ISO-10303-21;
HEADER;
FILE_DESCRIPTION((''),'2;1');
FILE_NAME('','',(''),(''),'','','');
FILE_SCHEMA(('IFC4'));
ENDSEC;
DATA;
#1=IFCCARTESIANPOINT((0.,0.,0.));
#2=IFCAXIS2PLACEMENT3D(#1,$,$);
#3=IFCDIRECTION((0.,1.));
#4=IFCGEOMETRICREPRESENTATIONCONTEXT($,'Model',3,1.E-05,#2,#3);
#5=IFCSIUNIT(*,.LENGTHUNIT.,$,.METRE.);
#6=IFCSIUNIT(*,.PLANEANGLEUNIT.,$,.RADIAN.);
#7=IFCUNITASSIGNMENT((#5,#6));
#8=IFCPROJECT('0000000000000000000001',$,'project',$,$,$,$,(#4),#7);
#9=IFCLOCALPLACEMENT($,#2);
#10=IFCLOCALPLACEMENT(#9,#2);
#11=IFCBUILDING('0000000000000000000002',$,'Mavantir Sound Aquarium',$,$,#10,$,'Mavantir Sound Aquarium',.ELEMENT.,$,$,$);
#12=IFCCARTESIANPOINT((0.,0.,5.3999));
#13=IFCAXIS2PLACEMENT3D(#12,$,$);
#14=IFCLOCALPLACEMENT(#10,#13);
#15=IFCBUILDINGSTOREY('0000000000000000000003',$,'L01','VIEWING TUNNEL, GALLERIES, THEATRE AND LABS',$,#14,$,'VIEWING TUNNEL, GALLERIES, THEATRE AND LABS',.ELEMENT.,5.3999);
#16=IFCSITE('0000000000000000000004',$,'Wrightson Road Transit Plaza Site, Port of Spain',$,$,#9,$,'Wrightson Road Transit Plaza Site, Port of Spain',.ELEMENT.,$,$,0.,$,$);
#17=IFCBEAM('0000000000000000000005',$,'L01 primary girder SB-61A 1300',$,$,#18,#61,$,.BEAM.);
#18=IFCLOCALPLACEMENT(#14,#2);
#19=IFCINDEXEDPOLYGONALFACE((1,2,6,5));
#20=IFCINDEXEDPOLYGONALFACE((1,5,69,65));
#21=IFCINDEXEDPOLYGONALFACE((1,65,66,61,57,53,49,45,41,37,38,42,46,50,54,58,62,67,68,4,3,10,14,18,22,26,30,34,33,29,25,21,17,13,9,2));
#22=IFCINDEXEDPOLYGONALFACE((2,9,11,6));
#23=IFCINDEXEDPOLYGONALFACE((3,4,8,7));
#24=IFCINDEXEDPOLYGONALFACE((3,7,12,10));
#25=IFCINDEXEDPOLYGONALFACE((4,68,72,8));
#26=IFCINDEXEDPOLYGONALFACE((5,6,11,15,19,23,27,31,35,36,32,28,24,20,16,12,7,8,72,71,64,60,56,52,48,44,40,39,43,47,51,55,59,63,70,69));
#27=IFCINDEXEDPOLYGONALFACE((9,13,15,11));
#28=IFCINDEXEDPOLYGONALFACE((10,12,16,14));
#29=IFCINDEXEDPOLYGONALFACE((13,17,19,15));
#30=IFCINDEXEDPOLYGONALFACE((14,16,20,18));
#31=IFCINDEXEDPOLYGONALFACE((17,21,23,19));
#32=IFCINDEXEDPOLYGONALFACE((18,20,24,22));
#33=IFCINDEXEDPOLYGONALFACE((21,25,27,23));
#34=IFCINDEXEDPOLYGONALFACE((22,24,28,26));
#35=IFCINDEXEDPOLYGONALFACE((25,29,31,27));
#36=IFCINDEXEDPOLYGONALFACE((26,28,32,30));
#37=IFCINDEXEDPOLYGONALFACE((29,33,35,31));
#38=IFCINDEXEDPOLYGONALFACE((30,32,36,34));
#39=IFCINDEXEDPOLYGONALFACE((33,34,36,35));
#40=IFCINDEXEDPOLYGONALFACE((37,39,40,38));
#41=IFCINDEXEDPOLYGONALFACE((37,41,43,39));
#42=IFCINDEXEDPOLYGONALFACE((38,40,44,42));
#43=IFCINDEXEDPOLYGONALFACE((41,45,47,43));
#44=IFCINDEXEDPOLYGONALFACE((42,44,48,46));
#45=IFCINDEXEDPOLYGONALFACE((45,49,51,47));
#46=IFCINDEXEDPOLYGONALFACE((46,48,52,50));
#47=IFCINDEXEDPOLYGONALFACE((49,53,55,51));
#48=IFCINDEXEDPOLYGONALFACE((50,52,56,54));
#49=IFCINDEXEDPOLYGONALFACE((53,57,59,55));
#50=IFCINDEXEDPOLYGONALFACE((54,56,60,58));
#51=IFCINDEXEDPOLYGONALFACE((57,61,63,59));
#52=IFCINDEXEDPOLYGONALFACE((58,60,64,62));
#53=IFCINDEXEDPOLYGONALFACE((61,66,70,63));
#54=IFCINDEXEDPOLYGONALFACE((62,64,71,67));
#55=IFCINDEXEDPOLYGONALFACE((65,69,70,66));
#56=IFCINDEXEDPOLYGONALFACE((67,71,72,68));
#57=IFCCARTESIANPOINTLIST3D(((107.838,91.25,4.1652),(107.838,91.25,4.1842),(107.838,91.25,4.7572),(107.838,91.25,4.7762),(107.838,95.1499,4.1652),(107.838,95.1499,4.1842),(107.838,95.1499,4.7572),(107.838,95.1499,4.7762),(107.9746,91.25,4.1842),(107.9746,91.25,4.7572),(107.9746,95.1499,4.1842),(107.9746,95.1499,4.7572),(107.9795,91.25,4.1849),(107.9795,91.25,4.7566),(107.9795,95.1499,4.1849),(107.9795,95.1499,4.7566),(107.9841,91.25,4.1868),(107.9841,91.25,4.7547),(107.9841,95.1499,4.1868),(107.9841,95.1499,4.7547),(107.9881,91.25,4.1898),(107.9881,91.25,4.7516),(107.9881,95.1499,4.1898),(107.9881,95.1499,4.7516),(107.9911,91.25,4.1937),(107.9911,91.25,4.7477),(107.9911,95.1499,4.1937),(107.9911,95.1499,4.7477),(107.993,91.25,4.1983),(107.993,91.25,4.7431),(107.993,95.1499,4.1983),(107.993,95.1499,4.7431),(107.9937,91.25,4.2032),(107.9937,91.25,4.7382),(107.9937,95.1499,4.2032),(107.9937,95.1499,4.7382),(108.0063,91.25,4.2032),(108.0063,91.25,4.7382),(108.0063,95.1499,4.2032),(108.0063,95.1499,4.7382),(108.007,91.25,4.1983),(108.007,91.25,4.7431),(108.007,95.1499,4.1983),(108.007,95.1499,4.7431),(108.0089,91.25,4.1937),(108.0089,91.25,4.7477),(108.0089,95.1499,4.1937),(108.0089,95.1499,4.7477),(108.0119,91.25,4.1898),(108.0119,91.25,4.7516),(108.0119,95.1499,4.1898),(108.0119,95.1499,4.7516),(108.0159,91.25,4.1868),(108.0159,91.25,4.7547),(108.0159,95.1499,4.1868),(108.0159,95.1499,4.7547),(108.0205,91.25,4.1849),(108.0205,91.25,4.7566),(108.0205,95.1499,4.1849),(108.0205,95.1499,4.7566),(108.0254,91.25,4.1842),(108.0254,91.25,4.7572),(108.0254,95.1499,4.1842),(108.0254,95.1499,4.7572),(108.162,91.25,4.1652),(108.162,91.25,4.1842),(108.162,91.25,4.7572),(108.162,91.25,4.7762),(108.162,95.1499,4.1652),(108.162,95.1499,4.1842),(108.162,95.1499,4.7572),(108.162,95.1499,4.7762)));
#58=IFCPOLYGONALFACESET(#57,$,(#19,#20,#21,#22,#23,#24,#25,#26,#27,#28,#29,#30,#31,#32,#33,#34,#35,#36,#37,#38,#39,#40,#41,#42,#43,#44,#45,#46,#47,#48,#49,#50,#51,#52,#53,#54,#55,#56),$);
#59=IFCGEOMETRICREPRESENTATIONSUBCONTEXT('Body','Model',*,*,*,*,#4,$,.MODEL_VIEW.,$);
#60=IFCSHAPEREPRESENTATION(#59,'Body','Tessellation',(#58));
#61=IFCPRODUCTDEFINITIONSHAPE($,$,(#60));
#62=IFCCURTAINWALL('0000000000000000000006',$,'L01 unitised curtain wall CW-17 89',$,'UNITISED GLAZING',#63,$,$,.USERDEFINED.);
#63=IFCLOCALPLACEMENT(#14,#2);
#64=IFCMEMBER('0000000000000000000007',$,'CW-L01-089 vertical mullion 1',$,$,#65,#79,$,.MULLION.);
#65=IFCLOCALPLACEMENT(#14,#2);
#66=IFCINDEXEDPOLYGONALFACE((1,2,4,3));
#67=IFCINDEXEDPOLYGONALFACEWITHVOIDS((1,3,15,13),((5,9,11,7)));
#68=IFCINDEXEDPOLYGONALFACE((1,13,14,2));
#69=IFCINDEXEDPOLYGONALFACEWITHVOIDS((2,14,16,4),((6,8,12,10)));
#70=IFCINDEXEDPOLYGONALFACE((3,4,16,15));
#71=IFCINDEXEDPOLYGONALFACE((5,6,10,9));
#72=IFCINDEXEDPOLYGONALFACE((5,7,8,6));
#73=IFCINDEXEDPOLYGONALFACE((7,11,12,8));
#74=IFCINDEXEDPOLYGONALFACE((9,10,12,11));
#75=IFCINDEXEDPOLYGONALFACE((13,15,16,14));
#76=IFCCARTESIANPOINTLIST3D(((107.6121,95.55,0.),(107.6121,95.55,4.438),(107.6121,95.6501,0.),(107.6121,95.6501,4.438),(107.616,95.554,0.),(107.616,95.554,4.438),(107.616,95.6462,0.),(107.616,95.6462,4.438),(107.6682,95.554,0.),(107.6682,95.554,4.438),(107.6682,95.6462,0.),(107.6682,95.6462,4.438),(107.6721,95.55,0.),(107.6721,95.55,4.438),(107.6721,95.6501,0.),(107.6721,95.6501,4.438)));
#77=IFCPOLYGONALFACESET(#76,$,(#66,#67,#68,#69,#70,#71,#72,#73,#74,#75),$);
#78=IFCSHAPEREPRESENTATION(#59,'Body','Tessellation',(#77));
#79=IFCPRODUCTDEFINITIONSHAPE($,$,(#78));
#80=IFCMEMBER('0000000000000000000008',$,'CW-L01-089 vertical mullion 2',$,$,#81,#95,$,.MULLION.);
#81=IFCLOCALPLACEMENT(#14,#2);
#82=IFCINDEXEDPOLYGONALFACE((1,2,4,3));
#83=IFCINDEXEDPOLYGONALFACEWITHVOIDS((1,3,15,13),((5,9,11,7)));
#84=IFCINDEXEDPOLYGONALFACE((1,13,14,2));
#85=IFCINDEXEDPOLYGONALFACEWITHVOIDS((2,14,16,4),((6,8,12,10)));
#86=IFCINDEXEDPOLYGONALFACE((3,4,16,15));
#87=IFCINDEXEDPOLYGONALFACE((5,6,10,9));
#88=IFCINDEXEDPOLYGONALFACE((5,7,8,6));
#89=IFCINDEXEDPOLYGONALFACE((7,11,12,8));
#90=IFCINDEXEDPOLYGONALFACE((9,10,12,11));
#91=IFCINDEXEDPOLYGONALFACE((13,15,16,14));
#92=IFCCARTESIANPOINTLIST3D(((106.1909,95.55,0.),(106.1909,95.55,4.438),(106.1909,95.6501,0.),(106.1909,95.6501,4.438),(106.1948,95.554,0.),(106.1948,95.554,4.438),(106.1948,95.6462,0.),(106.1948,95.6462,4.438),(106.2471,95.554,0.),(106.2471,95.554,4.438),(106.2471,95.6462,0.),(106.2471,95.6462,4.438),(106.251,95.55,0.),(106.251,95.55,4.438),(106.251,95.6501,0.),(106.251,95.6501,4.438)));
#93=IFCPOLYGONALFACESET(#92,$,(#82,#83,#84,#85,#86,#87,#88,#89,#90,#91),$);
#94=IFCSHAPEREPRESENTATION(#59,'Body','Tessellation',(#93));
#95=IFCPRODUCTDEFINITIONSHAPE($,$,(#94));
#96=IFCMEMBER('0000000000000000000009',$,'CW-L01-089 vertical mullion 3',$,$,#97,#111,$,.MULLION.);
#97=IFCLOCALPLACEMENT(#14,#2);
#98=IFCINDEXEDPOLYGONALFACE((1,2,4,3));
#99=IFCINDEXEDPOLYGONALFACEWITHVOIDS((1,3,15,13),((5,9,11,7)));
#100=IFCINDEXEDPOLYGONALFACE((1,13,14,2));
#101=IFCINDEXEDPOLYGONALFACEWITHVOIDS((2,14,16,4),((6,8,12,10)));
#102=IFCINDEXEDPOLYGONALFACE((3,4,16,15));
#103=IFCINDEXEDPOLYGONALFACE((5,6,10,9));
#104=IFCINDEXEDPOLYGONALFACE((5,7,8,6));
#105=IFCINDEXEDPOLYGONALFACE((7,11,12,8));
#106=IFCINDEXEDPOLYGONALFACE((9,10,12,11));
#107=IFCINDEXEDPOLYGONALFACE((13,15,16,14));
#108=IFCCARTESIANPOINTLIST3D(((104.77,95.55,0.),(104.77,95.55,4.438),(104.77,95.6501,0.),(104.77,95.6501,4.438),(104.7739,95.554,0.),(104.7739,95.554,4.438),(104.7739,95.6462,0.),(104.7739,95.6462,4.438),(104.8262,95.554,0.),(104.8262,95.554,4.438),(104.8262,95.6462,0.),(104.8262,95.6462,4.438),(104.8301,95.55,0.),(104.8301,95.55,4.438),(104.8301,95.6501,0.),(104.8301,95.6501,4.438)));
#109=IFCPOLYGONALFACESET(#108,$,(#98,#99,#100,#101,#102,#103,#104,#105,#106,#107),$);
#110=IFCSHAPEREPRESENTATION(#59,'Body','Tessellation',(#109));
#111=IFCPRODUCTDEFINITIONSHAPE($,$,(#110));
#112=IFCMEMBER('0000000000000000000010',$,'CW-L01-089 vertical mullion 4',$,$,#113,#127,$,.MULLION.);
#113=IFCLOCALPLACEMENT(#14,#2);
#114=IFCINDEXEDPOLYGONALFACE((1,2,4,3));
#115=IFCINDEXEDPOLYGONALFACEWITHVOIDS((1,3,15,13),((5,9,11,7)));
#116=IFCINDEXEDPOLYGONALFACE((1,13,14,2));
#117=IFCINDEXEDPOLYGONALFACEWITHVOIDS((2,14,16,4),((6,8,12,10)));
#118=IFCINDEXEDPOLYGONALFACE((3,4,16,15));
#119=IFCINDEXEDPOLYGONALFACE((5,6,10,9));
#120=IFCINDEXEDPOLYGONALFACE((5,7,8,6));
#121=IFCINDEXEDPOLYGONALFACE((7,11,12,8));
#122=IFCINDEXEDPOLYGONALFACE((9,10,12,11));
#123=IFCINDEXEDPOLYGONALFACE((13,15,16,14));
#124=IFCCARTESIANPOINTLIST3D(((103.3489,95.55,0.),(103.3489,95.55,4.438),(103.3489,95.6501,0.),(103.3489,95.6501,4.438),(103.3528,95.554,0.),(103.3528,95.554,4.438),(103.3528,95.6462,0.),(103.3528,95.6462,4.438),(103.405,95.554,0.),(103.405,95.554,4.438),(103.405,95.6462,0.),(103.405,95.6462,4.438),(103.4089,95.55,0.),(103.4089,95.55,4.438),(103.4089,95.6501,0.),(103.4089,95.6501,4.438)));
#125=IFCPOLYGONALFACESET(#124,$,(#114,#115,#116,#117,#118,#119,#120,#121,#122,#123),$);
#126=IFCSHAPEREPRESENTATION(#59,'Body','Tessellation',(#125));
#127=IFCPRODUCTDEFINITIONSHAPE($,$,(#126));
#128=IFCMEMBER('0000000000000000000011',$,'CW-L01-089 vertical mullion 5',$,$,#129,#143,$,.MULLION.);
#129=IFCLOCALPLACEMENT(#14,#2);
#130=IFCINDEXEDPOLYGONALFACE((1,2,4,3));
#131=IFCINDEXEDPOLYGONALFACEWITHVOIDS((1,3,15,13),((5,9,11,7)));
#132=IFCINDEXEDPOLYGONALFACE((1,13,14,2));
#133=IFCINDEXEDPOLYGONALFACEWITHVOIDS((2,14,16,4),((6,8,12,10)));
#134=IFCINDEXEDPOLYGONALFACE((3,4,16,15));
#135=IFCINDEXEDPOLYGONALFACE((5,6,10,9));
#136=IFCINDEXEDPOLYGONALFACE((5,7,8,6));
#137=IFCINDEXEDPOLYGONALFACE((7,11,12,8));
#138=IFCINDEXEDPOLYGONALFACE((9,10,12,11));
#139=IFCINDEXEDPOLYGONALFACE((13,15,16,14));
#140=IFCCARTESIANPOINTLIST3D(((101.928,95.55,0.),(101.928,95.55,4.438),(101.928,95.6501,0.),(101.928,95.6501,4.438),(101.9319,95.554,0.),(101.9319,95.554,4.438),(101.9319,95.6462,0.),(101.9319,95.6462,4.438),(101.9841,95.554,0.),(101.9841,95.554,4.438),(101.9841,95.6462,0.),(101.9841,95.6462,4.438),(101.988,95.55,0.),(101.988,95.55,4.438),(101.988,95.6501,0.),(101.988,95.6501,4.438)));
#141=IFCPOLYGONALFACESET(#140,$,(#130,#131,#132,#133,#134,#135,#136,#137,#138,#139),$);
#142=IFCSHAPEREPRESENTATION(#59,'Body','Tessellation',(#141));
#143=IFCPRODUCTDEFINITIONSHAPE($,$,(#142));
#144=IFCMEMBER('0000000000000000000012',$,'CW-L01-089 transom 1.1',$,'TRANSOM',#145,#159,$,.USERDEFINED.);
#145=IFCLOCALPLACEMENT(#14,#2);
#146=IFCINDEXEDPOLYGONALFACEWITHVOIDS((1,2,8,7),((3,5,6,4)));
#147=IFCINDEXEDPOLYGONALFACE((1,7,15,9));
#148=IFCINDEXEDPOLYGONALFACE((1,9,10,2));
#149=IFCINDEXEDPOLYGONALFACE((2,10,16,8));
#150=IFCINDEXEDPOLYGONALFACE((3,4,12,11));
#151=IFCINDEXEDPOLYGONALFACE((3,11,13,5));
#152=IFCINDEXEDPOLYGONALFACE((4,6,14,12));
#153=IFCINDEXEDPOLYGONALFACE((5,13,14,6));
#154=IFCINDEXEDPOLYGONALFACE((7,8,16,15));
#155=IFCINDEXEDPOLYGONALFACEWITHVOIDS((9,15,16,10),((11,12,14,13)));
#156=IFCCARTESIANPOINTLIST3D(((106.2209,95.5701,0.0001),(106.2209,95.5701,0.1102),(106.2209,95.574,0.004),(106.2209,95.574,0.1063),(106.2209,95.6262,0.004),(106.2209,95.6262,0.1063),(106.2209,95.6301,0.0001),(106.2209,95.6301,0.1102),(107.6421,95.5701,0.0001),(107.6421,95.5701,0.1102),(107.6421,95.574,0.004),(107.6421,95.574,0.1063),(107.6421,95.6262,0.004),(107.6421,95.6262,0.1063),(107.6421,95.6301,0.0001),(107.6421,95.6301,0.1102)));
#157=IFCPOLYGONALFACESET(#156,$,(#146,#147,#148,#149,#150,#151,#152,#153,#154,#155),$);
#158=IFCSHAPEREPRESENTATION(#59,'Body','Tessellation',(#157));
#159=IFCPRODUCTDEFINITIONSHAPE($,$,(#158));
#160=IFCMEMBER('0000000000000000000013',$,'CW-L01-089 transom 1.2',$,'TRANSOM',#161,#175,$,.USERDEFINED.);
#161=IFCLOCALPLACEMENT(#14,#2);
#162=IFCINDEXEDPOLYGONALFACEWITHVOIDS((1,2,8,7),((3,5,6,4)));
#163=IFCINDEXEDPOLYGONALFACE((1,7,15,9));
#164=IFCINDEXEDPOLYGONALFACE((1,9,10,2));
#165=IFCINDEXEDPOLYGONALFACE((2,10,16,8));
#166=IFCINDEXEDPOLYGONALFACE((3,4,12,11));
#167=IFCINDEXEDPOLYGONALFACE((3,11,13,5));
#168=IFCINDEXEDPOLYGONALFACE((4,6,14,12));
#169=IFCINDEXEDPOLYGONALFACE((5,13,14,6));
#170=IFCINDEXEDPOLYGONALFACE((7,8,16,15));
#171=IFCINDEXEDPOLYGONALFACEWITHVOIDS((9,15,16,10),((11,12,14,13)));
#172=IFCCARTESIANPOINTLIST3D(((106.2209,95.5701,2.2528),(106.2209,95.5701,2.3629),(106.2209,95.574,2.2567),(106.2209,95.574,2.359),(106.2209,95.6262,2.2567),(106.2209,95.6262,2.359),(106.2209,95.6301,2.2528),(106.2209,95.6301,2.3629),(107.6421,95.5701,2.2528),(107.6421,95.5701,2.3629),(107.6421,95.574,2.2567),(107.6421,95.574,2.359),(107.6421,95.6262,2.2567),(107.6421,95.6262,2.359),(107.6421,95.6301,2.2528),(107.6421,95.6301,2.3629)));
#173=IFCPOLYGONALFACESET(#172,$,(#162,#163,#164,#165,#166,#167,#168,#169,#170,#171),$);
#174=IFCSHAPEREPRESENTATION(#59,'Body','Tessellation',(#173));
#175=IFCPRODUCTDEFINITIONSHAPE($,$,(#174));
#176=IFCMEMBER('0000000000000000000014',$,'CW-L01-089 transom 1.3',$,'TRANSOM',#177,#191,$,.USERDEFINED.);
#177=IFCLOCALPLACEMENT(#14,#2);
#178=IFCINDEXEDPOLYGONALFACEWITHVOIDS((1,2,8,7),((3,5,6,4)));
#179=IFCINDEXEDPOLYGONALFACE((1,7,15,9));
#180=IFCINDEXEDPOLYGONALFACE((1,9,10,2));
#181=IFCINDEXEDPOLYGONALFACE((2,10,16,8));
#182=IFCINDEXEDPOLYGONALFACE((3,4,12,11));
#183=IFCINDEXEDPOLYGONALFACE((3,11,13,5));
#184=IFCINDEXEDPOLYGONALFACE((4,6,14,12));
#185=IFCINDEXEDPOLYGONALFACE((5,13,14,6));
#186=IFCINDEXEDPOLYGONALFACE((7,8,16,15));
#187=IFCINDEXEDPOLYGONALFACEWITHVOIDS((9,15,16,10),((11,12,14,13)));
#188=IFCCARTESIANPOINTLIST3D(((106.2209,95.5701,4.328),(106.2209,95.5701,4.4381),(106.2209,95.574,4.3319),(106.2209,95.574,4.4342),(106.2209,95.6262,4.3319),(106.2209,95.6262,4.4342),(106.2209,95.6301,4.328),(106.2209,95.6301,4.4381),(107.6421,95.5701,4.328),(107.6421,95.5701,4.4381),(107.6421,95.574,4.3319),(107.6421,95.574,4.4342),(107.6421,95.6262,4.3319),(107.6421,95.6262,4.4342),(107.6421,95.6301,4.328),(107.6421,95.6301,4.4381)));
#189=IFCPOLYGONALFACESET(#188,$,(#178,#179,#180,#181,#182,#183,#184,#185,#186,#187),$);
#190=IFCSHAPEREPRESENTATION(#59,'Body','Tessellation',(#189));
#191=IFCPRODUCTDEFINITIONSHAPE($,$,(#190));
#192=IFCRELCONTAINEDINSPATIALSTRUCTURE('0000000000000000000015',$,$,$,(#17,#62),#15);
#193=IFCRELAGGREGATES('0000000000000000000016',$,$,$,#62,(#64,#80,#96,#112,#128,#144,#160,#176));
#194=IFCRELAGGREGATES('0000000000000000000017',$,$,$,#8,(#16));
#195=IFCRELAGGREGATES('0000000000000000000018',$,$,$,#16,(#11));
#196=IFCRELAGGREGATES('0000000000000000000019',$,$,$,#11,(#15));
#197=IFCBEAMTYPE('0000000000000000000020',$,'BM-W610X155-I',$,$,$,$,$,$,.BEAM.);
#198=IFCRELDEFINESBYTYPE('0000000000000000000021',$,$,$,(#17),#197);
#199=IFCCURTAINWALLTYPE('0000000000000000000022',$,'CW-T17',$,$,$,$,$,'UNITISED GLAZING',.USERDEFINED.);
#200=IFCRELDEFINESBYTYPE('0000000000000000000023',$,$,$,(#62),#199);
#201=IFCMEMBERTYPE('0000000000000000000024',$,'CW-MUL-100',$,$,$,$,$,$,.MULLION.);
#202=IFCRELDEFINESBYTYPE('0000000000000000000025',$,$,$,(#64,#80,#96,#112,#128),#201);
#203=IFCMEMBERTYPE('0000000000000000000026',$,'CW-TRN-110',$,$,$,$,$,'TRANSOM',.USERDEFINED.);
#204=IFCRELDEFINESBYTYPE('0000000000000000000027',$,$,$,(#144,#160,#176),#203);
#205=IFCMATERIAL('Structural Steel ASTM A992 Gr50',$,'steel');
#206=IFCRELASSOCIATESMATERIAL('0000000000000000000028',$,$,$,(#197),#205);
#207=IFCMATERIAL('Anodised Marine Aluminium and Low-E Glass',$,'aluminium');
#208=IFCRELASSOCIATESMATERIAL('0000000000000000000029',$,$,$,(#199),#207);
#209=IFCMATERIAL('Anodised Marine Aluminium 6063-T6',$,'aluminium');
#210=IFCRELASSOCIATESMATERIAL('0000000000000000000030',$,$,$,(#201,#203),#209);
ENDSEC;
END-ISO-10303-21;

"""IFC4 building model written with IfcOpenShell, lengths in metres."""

from ifc_helpers import new_model, si_unit, direction, frame, origin, origin_2d, place, context, subcontext, project, spatial, hollow_rectangle, i_section, extrude, material, material_profile, profile_set, type_object, element, aggregate, save


model = new_model("IFC4")

# Units and contexts
model_context = context("Model", 3, precision=1e-05, world=origin(), true_north=direction((0.0, 1.0)))
body_context = subcontext(model_context, "Body", "Model", "MODEL_VIEW")
ifc_project = project(units=[si_unit("LENGTHUNIT", "METRE"), si_unit("PLANEANGLEUNIT", "RADIAN")], contexts=[model_context])

# Site, building, storey
site_placement = place(None, origin())
site = spatial("IfcSite", under=ifc_project, at=site_placement, Name="Wrightson Road Transit Plaza Site, Port of Spain", LongName="Wrightson Road Transit Plaza Site, Port of Spain", CompositionType="ELEMENT", RefElevation=0.0)
building_placement = place(site_placement, origin())
building = spatial("IfcBuilding", under=site, at=building_placement, Name="Mavantir Sound Aquarium", LongName="Mavantir Sound Aquarium", CompositionType="ELEMENT")
storey_placement = place(building_placement, frame((0.0, 0.0, 5.3999)))
storey = spatial("IfcBuildingStorey", under=building, at=storey_placement, Name="L01", Description="VIEWING TUNNEL, GALLERIES, THEATRE AND LABS", LongName="VIEWING TUNNEL, GALLERIES, THEATRE AND LABS", CompositionType="ELEMENT", Elevation=5.3999)

# Beam
ifc_material_1 = material(Name="Structural Steel ASTM A992 Gr50", Category="steel")
ifc_material_profile_1 = material_profile(ifc_material_1, i_section(OverallWidth=0.324, OverallDepth=0.6111, WebThickness=0.0127, FlangeThickness=0.019, FilletRadius=0.019, at=origin_2d()), Name="W610X155")
ifc_profile_set_1 = profile_set([ifc_material_profile_1], Name="Structural Steel ASTM A992 Gr50")
beam_type_1 = type_object("IfcBeamType", Name="BM-W610X155-I", PredefinedType="BEAM", material=ifc_profile_set_1)
beam_1_placement = place(storey_placement, frame((108.0, 91.25, 4.4707), z_axis=(0.0, 1.0, 0.0), x_axis=(-1.0, 0.0, 0.0)))
element("IfcBeam", 1, at=beam_1_placement, inside=storey, type_object=beam_type_1, Name="L01 primary girder SB-61A 1300", PredefinedType="BEAM", context=body_context, shape_type="SweptSolid", body=[
    extrude(i_section(OverallWidth=0.324, OverallDepth=0.6111, WebThickness=0.0127, FlangeThickness=0.019, FilletRadius=0.019, at=origin_2d()), origin(), (0.0, 0.0, 1.0), 3.8999),
])

# Curtain wall, members
ifc_material_2 = material(Name="Anodised Marine Aluminium and Low-E Glass", Category="aluminium")
curtain_wall_type = type_object("IfcCurtainWallType", Name="CW-T17", ElementType="UNITISED GLAZING", PredefinedType="USERDEFINED", material=ifc_material_2)
curtain_wall_placement = place(storey_placement, origin())
curtain_wall = element("IfcCurtainWall", 2, at=curtain_wall_placement, inside=storey, type_object=curtain_wall_type, Name="L01 unitised curtain wall CW-17 89", ObjectType="UNITISED GLAZING", PredefinedType="USERDEFINED")
ifc_material_3 = material(Name="Anodised Marine Aluminium 6063-T6", Category="aluminium")
ifc_material_profile_2 = material_profile(ifc_material_3, hollow_rectangle(XDim=0.0601, YDim=0.1001, WallThickness=0.0039, at=origin_2d()), Name="ALU-MULLION-100X60")
ifc_profile_set_2 = profile_set([ifc_material_profile_2], Name="Anodised Marine Aluminium 6063-T6")
member_type_1 = type_object("IfcMemberType", Name="CW-MUL-100", PredefinedType="MULLION", material=ifc_profile_set_2)
member_1_placement = place(storey_placement, frame((107.6421, 95.6001, 0.0), z_axis=(0.0, 0.0, 1.0), x_axis=(1.0, 0.0, 0.0)))
member_1 = element("IfcMember", 3, at=member_1_placement, type_object=member_type_1, Name="CW-L01-089 vertical mullion 1", PredefinedType="MULLION", context=body_context, shape_type="SweptSolid", body=[
    extrude(hollow_rectangle(XDim=0.0601, YDim=0.1001, WallThickness=0.0039, at=origin_2d()), origin(), (0.0, 0.0, 1.0), 4.438),
])
member_2_placement = place(storey_placement, frame((106.2209, 95.6001, 0.0), z_axis=(0.0, 0.0, 1.0), x_axis=(1.0, 0.0, 0.0)))
member_2 = element("IfcMember", 4, at=member_2_placement, type_object=member_type_1, Name="CW-L01-089 vertical mullion 2", PredefinedType="MULLION", context=body_context, shape_type="SweptSolid", body=[
    extrude(hollow_rectangle(XDim=0.0601, YDim=0.1001, WallThickness=0.0039, at=origin_2d()), origin(), (0.0, 0.0, 1.0), 4.438),
])
member_3_placement = place(storey_placement, frame((104.8, 95.6001, 0.0), z_axis=(0.0, 0.0, 1.0), x_axis=(1.0, 0.0, 0.0)))
member_3 = element("IfcMember", 5, at=member_3_placement, type_object=member_type_1, Name="CW-L01-089 vertical mullion 3", PredefinedType="MULLION", context=body_context, shape_type="SweptSolid", body=[
    extrude(hollow_rectangle(XDim=0.0601, YDim=0.1001, WallThickness=0.0039, at=origin_2d()), origin(), (0.0, 0.0, 1.0), 4.438),
])
member_4_placement = place(storey_placement, frame((103.3789, 95.6001, 0.0), z_axis=(0.0, 0.0, 1.0), x_axis=(1.0, 0.0, 0.0)))
member_4 = element("IfcMember", 6, at=member_4_placement, type_object=member_type_1, Name="CW-L01-089 vertical mullion 4", PredefinedType="MULLION", context=body_context, shape_type="SweptSolid", body=[
    extrude(hollow_rectangle(XDim=0.0601, YDim=0.1001, WallThickness=0.0039, at=origin_2d()), origin(), (0.0, 0.0, 1.0), 4.438),
])
member_5_placement = place(storey_placement, frame((101.958, 95.6001, 0.0), z_axis=(0.0, 0.0, 1.0), x_axis=(1.0, 0.0, 0.0)))
member_5 = element("IfcMember", 7, at=member_5_placement, type_object=member_type_1, Name="CW-L01-089 vertical mullion 5", PredefinedType="MULLION", context=body_context, shape_type="SweptSolid", body=[
    extrude(hollow_rectangle(XDim=0.0601, YDim=0.1001, WallThickness=0.0039, at=origin_2d()), origin(), (0.0, 0.0, 1.0), 4.438),
])
ifc_material_profile_3 = material_profile(ifc_material_3, hollow_rectangle(XDim=0.0601, YDim=0.1101, WallThickness=0.0039, at=origin_2d()), Name="ALU-TRANSOM-110X60")
ifc_profile_set_3 = profile_set([ifc_material_profile_3], Name="Anodised Marine Aluminium 6063-T6")
member_type_2 = type_object("IfcMemberType", Name="CW-TRN-110", ElementType="TRANSOM", PredefinedType="USERDEFINED", material=ifc_profile_set_3)
member_6_placement = place(storey_placement, frame((107.6421, 95.6001, 0.0552), z_axis=(-1.0, 0.0, 0.0), x_axis=(0.0, -1.0, 0.0)))
member_6 = element("IfcMember", 8, at=member_6_placement, type_object=member_type_2, Name="CW-L01-089 transom 1.1", ObjectType="TRANSOM", PredefinedType="USERDEFINED", context=body_context, shape_type="SweptSolid", body=[
    extrude(hollow_rectangle(XDim=0.0601, YDim=0.1101, WallThickness=0.0039, at=origin_2d()), origin(), (0.0, 0.0, 1.0), 1.4211),
])
member_7_placement = place(storey_placement, frame((107.6421, 95.6001, 2.3079), z_axis=(-1.0, 0.0, 0.0), x_axis=(0.0, -1.0, 0.0)))
member_7 = element("IfcMember", 9, at=member_7_placement, type_object=member_type_2, Name="CW-L01-089 transom 1.2", ObjectType="TRANSOM", PredefinedType="USERDEFINED", context=body_context, shape_type="SweptSolid", body=[
    extrude(hollow_rectangle(XDim=0.0601, YDim=0.1101, WallThickness=0.0039, at=origin_2d()), origin(), (0.0, 0.0, 1.0), 1.4211),
])
member_8_placement = place(storey_placement, frame((107.6421, 95.6001, 4.3831), z_axis=(-1.0, 0.0, 0.0), x_axis=(0.0, -1.0, 0.0)))
member_8 = element("IfcMember", 10, at=member_8_placement, type_object=member_type_2, Name="CW-L01-089 transom 1.3", ObjectType="TRANSOM", PredefinedType="USERDEFINED", context=body_context, shape_type="SweptSolid", body=[
    extrude(hollow_rectangle(XDim=0.0601, YDim=0.1101, WallThickness=0.0039, at=origin_2d()), origin(), (0.0, 0.0, 1.0), 1.4211),
])
aggregate(curtain_wall, [member_1, member_2, member_3, member_4, member_5, member_6, member_7, member_8])

save(model, "model.ifc")
